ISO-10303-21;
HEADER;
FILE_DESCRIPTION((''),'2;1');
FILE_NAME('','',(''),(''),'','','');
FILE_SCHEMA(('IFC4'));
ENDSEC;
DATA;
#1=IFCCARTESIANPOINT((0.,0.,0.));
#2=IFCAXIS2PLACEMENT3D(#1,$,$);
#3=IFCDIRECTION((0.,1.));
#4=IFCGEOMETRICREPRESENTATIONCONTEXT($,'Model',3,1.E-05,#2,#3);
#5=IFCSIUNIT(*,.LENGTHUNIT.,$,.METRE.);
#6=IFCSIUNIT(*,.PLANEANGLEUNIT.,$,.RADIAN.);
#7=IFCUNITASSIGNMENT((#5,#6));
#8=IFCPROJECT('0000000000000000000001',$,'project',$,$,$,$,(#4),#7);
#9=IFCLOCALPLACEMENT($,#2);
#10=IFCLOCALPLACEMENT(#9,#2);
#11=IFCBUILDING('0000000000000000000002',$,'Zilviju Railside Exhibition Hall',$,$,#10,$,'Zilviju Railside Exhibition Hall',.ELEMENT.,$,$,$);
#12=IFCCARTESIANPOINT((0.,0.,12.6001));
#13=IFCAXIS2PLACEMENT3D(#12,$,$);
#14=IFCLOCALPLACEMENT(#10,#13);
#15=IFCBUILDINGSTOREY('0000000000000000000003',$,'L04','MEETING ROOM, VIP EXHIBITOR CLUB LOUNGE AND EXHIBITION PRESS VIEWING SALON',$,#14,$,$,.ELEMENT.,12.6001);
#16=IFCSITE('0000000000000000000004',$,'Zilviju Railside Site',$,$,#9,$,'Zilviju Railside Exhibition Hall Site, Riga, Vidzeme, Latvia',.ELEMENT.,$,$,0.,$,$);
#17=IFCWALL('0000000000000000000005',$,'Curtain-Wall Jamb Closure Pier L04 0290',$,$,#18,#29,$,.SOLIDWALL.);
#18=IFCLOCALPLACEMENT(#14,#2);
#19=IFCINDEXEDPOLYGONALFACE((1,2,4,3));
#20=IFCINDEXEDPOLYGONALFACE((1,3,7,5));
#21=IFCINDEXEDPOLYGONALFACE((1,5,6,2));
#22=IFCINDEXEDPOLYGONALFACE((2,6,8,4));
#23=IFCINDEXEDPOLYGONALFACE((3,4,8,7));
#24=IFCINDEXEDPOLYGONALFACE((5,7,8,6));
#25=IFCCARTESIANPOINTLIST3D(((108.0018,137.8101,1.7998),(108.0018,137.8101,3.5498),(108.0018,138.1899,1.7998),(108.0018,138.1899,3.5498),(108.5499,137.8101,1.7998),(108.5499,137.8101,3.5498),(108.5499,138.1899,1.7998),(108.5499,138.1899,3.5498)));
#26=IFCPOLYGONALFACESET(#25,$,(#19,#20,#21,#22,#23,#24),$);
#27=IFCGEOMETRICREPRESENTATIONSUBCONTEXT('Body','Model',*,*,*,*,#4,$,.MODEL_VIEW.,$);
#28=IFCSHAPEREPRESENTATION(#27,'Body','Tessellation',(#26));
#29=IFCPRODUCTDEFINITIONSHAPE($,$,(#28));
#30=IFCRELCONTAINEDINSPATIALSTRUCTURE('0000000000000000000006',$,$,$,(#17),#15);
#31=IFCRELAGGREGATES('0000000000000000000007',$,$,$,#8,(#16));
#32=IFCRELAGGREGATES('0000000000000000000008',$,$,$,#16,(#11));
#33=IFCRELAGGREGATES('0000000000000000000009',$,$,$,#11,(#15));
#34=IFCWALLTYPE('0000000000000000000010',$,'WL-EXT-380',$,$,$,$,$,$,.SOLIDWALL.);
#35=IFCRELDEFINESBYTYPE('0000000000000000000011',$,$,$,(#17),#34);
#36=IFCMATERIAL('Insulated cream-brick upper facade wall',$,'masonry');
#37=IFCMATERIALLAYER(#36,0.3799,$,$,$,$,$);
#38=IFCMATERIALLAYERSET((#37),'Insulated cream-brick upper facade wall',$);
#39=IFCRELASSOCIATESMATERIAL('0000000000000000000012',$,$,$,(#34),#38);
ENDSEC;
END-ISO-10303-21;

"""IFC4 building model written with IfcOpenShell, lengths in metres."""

from ifc_helpers import new_model, si_unit, direction, frame, frame_2d, origin, place, context, subcontext, project, spatial, rectangle, extrude, material, layer, layer_set, type_object, element, save


model = new_model("IFC4")

# Units and contexts
model_context = context("Model", 3, precision=1e-05, world=origin(), true_north=direction((0.0, 1.0)))
body_context = subcontext(model_context, "Body", "Model", "MODEL_VIEW")
ifc_project = project(units=[si_unit("LENGTHUNIT", "METRE"), si_unit("PLANEANGLEUNIT", "RADIAN")], contexts=[model_context])

# Site, building, storey
site_placement = place(None, origin())
site = spatial("IfcSite", under=ifc_project, at=site_placement, Name="Zilviju Railside Site", LongName="Zilviju Railside Exhibition Hall Site, Riga, Vidzeme, Latvia", CompositionType="ELEMENT", RefElevation=0.0)
building_placement = place(site_placement, origin())
building = spatial("IfcBuilding", under=site, at=building_placement, Name="Zilviju Railside Exhibition Hall", LongName="Zilviju Railside Exhibition Hall", CompositionType="ELEMENT")
storey_placement = place(building_placement, frame((0.0, 0.0, 12.6001)))
storey = spatial("IfcBuildingStorey", under=building, at=storey_placement, Name="L04", Description="MEETING ROOM, VIP EXHIBITOR CLUB LOUNGE AND EXHIBITION PRESS VIEWING SALON", CompositionType="ELEMENT", Elevation=12.6001)

# Wall
ifc_material_1 = material(Name="Insulated cream-brick upper facade wall", Category="masonry")
ifc_layer_1 = layer(ifc_material_1, 0.3799)
ifc_layer_set_1 = layer_set([ifc_layer_1], Name="Insulated cream-brick upper facade wall")
wall_type = type_object("IfcWallType", Name="WL-EXT-380", PredefinedType="SOLIDWALL", material=ifc_layer_set_1)
wall_1_placement = place(storey_placement, frame((108.002, 138.0, 1.7998), z_axis=(0.0, 0.0, 1.0), x_axis=(1.0, 0.0, 0.0)))
element("IfcWall", 1, at=wall_1_placement, inside=storey, type_object=wall_type, Name="Curtain-Wall Jamb Closure Pier L04 0290", PredefinedType="SOLIDWALL", context=body_context, shape_type="SweptSolid", body=[
    extrude(rectangle(XDim=0.5481, YDim=0.3799, at=frame_2d((0.2739, 0.0))), origin(), (0.0, 0.0, 1.0), 1.75),
])

save(model, "model.ifc")
